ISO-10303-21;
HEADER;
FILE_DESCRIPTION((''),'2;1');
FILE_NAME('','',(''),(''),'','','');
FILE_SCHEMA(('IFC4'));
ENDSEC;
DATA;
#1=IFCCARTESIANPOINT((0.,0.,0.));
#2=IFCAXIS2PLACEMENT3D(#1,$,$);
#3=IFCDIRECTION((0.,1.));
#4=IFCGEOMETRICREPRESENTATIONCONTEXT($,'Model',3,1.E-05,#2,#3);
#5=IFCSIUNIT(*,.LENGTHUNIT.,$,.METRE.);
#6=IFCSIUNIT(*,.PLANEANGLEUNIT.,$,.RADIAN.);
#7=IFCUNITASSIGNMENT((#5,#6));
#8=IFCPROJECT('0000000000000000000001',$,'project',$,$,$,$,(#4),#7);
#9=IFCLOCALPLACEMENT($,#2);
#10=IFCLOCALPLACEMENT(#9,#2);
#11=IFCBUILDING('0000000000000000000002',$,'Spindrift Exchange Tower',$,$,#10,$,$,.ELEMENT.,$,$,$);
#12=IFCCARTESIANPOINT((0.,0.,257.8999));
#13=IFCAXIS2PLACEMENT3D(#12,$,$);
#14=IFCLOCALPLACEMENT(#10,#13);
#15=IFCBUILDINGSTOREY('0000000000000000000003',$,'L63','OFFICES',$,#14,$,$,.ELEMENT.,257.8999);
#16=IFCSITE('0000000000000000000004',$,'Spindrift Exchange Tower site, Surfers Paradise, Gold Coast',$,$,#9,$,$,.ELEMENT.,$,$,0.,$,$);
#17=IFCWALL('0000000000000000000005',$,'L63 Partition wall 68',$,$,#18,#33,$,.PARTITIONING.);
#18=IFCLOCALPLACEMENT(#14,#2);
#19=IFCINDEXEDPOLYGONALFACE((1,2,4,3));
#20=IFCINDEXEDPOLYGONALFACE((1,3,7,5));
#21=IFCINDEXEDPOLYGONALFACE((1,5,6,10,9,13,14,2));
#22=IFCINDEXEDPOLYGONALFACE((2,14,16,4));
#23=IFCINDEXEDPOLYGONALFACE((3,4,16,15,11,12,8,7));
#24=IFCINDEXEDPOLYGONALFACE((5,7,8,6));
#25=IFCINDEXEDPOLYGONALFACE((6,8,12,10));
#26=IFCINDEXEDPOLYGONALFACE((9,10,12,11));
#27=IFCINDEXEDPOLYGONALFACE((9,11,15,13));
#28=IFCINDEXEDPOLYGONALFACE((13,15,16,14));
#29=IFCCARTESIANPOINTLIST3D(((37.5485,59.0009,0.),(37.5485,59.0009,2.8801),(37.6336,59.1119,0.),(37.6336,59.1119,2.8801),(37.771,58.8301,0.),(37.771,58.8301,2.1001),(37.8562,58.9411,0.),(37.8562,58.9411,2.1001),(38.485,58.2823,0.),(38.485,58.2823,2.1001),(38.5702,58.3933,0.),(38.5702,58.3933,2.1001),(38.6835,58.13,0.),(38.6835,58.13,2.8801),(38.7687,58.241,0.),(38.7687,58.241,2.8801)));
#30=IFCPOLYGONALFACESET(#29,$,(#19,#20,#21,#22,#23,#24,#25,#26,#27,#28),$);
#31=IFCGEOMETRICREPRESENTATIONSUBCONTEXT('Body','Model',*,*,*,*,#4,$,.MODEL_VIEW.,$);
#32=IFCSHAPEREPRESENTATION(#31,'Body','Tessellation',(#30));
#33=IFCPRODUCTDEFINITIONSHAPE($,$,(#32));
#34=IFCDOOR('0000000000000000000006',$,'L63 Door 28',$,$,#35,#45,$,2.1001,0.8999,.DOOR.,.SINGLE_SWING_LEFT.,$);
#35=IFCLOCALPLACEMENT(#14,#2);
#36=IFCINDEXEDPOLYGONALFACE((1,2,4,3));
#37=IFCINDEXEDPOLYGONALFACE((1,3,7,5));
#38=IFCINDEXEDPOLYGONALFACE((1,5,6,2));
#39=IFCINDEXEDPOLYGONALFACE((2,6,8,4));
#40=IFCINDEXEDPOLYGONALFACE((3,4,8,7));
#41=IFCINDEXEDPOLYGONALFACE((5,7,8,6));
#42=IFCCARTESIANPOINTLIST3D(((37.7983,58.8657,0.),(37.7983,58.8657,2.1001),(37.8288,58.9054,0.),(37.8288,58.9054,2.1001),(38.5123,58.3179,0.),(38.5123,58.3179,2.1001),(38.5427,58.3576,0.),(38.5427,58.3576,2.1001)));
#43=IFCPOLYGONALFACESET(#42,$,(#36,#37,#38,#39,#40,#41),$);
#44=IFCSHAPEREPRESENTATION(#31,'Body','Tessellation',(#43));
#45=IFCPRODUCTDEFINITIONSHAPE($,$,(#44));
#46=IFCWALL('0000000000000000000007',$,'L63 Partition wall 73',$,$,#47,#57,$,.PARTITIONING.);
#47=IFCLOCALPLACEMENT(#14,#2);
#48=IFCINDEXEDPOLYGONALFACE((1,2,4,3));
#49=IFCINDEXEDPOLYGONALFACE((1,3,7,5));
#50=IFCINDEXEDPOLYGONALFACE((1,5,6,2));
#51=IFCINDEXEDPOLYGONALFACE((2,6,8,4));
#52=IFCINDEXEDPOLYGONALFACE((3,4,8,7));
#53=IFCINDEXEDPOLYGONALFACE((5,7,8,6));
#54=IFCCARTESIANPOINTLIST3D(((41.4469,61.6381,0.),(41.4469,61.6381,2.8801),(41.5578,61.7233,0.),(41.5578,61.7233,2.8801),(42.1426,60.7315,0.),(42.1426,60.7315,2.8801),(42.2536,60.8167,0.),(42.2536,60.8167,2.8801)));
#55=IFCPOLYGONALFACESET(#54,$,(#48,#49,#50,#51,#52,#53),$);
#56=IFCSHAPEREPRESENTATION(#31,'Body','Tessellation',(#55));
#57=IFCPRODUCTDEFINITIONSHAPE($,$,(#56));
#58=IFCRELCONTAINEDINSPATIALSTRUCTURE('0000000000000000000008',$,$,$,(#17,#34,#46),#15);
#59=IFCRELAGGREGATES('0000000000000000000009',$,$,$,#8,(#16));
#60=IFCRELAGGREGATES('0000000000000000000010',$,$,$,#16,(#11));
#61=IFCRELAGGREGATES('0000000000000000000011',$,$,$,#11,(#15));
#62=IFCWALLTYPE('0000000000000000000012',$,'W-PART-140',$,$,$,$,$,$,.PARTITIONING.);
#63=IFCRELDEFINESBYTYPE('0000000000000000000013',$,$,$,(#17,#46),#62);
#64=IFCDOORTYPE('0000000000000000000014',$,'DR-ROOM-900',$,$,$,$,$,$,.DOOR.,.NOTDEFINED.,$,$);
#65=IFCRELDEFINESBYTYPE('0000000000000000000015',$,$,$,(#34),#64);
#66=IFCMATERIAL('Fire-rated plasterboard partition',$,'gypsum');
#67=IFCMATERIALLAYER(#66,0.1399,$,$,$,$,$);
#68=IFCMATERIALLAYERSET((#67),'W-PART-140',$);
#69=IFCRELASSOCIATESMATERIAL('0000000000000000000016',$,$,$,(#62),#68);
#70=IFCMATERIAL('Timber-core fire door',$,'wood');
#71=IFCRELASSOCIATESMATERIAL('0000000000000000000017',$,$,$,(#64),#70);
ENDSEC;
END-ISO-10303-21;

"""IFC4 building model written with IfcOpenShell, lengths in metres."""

from ifc_helpers import new_model, si_unit, direction, frame, frame_2d, origin, place, context, subcontext, project, spatial, rectangle, extrude, source, transform, mapped, material, layer, layer_set, type_object, element, fill, save


model = new_model("IFC4")

# Units and contexts
model_context = context("Model", 3, precision=1e-05, world=origin(), true_north=direction((0.0, 1.0)))
body_context = subcontext(model_context, "Body", "Model", "MODEL_VIEW")
ifc_project = project(units=[si_unit("LENGTHUNIT", "METRE"), si_unit("PLANEANGLEUNIT", "RADIAN")], contexts=[model_context])

# Site, building, storey
site_placement = place(None, origin())
site = spatial("IfcSite", under=ifc_project, at=site_placement, Name="Spindrift Exchange Tower site, Surfers Paradise, Gold Coast", CompositionType="ELEMENT", RefElevation=0.0)
building_placement = place(site_placement, origin())
building = spatial("IfcBuilding", under=site, at=building_placement, Name="Spindrift Exchange Tower", CompositionType="ELEMENT")
storey_placement = place(building_placement, frame((0.0, 0.0, 257.8999)))
storey = spatial("IfcBuildingStorey", under=building, at=storey_placement, Name="L63", Description="OFFICES", CompositionType="ELEMENT", Elevation=257.8999)

# Shared definitions
ifc_material_1 = material(Name="Fire-rated plasterboard partition", Category="gypsum")
ifc_material_2 = material(Name="Timber-core fire door", Category="wood")

# Shared definitions
ifc_layer_1 = layer(ifc_material_1, 0.1399)
ifc_layer_set_1 = layer_set([ifc_layer_1], Name="W-PART-140")
wall_type_1 = type_object("IfcWallType", Name="W-PART-140", PredefinedType="PARTITIONING", material=ifc_layer_set_1)

# Wall, opening, door
wall_1_placement = place(storey_placement, frame((37.5911, 59.0564, 0.0), z_axis=(0.0, 0.0, 1.0), x_axis=(0.793378, -0.608729, 0.0)))
wall_1 = element("IfcWall", 1, at=wall_1_placement, inside=storey, type_object=wall_type_1, Name="L63 Partition wall 68", PredefinedType="PARTITIONING", context=body_context, shape_type="SweptSolid", body=[
    extrude(rectangle(XDim=1.4307, YDim=0.1399, at=frame_2d((0.7153, 0.0))), origin(), (0.0, 0.0, 1.0), 2.8801),
])
opening_1_placement = place(wall_1_placement, frame((0.2805, 0.0, 0.0)))
opening_1 = element("IfcOpeningElement", 2, at=opening_1_placement, cuts=wall_1, PredefinedType="OPENING", context=body_context, shape_type="SweptSolid", body=[
    extrude(rectangle(XDim=0.8999, YDim=2.1001, at=frame_2d((0.45, 1.05))), frame((0.0, 0.0798, 0.0), z_axis=(0.0, -1.0, 0.0), x_axis=(1.0, 0.0, 0.0)), (0.0, 0.0, 1.0), 0.1599),
])
door_type_1 = type_object("IfcDoorType", Name="DR-ROOM-900", OperationType="NOTDEFINED", PredefinedType="DOOR", material=ifc_material_2)
shared_shape_1 = source(origin(), body_context, "Body", "SweptSolid", [
    extrude(rectangle(XDim=0.8999, YDim=2.1001, at=frame_2d((0.45, 1.05))), frame((0.0, 0.0249, 0.0), z_axis=(0.0, -1.0, 0.0), x_axis=(1.0, 0.0, 0.0)), (0.0, 0.0, 1.0), 0.05),
])
door_1_placement = place(opening_1_placement, origin())
door_1 = element("IfcDoor", 3, at=door_1_placement, inside=storey, type_object=door_type_1, Name="L63 Door 28", OperationType="SINGLE_SWING_LEFT", OverallHeight=2.1001, OverallWidth=0.8999, PredefinedType="DOOR", context=body_context, shape_type="MappedRepresentation", body=[
    mapped(shared_shape_1, transform((0.0, 0.0, 0.0), scale=1.0)),
])
fill(opening_1, door_1)

# Wall
wall_2_placement = place(storey_placement, frame((42.198, 60.7742, 0.0), z_axis=(0.0, 0.0, 1.0), x_axis=(-0.608781, 0.793338, 0.0)))
element("IfcWall", 4, at=wall_2_placement, inside=storey, type_object=wall_type_1, Name="L63 Partition wall 73", PredefinedType="PARTITIONING", context=body_context, shape_type="SweptSolid", body=[
    extrude(rectangle(XDim=1.1428, YDim=0.1399, at=frame_2d((0.5713, 0.0))), origin(), (0.0, 0.0, 1.0), 2.8801),
])

save(model, "model.ifc")
